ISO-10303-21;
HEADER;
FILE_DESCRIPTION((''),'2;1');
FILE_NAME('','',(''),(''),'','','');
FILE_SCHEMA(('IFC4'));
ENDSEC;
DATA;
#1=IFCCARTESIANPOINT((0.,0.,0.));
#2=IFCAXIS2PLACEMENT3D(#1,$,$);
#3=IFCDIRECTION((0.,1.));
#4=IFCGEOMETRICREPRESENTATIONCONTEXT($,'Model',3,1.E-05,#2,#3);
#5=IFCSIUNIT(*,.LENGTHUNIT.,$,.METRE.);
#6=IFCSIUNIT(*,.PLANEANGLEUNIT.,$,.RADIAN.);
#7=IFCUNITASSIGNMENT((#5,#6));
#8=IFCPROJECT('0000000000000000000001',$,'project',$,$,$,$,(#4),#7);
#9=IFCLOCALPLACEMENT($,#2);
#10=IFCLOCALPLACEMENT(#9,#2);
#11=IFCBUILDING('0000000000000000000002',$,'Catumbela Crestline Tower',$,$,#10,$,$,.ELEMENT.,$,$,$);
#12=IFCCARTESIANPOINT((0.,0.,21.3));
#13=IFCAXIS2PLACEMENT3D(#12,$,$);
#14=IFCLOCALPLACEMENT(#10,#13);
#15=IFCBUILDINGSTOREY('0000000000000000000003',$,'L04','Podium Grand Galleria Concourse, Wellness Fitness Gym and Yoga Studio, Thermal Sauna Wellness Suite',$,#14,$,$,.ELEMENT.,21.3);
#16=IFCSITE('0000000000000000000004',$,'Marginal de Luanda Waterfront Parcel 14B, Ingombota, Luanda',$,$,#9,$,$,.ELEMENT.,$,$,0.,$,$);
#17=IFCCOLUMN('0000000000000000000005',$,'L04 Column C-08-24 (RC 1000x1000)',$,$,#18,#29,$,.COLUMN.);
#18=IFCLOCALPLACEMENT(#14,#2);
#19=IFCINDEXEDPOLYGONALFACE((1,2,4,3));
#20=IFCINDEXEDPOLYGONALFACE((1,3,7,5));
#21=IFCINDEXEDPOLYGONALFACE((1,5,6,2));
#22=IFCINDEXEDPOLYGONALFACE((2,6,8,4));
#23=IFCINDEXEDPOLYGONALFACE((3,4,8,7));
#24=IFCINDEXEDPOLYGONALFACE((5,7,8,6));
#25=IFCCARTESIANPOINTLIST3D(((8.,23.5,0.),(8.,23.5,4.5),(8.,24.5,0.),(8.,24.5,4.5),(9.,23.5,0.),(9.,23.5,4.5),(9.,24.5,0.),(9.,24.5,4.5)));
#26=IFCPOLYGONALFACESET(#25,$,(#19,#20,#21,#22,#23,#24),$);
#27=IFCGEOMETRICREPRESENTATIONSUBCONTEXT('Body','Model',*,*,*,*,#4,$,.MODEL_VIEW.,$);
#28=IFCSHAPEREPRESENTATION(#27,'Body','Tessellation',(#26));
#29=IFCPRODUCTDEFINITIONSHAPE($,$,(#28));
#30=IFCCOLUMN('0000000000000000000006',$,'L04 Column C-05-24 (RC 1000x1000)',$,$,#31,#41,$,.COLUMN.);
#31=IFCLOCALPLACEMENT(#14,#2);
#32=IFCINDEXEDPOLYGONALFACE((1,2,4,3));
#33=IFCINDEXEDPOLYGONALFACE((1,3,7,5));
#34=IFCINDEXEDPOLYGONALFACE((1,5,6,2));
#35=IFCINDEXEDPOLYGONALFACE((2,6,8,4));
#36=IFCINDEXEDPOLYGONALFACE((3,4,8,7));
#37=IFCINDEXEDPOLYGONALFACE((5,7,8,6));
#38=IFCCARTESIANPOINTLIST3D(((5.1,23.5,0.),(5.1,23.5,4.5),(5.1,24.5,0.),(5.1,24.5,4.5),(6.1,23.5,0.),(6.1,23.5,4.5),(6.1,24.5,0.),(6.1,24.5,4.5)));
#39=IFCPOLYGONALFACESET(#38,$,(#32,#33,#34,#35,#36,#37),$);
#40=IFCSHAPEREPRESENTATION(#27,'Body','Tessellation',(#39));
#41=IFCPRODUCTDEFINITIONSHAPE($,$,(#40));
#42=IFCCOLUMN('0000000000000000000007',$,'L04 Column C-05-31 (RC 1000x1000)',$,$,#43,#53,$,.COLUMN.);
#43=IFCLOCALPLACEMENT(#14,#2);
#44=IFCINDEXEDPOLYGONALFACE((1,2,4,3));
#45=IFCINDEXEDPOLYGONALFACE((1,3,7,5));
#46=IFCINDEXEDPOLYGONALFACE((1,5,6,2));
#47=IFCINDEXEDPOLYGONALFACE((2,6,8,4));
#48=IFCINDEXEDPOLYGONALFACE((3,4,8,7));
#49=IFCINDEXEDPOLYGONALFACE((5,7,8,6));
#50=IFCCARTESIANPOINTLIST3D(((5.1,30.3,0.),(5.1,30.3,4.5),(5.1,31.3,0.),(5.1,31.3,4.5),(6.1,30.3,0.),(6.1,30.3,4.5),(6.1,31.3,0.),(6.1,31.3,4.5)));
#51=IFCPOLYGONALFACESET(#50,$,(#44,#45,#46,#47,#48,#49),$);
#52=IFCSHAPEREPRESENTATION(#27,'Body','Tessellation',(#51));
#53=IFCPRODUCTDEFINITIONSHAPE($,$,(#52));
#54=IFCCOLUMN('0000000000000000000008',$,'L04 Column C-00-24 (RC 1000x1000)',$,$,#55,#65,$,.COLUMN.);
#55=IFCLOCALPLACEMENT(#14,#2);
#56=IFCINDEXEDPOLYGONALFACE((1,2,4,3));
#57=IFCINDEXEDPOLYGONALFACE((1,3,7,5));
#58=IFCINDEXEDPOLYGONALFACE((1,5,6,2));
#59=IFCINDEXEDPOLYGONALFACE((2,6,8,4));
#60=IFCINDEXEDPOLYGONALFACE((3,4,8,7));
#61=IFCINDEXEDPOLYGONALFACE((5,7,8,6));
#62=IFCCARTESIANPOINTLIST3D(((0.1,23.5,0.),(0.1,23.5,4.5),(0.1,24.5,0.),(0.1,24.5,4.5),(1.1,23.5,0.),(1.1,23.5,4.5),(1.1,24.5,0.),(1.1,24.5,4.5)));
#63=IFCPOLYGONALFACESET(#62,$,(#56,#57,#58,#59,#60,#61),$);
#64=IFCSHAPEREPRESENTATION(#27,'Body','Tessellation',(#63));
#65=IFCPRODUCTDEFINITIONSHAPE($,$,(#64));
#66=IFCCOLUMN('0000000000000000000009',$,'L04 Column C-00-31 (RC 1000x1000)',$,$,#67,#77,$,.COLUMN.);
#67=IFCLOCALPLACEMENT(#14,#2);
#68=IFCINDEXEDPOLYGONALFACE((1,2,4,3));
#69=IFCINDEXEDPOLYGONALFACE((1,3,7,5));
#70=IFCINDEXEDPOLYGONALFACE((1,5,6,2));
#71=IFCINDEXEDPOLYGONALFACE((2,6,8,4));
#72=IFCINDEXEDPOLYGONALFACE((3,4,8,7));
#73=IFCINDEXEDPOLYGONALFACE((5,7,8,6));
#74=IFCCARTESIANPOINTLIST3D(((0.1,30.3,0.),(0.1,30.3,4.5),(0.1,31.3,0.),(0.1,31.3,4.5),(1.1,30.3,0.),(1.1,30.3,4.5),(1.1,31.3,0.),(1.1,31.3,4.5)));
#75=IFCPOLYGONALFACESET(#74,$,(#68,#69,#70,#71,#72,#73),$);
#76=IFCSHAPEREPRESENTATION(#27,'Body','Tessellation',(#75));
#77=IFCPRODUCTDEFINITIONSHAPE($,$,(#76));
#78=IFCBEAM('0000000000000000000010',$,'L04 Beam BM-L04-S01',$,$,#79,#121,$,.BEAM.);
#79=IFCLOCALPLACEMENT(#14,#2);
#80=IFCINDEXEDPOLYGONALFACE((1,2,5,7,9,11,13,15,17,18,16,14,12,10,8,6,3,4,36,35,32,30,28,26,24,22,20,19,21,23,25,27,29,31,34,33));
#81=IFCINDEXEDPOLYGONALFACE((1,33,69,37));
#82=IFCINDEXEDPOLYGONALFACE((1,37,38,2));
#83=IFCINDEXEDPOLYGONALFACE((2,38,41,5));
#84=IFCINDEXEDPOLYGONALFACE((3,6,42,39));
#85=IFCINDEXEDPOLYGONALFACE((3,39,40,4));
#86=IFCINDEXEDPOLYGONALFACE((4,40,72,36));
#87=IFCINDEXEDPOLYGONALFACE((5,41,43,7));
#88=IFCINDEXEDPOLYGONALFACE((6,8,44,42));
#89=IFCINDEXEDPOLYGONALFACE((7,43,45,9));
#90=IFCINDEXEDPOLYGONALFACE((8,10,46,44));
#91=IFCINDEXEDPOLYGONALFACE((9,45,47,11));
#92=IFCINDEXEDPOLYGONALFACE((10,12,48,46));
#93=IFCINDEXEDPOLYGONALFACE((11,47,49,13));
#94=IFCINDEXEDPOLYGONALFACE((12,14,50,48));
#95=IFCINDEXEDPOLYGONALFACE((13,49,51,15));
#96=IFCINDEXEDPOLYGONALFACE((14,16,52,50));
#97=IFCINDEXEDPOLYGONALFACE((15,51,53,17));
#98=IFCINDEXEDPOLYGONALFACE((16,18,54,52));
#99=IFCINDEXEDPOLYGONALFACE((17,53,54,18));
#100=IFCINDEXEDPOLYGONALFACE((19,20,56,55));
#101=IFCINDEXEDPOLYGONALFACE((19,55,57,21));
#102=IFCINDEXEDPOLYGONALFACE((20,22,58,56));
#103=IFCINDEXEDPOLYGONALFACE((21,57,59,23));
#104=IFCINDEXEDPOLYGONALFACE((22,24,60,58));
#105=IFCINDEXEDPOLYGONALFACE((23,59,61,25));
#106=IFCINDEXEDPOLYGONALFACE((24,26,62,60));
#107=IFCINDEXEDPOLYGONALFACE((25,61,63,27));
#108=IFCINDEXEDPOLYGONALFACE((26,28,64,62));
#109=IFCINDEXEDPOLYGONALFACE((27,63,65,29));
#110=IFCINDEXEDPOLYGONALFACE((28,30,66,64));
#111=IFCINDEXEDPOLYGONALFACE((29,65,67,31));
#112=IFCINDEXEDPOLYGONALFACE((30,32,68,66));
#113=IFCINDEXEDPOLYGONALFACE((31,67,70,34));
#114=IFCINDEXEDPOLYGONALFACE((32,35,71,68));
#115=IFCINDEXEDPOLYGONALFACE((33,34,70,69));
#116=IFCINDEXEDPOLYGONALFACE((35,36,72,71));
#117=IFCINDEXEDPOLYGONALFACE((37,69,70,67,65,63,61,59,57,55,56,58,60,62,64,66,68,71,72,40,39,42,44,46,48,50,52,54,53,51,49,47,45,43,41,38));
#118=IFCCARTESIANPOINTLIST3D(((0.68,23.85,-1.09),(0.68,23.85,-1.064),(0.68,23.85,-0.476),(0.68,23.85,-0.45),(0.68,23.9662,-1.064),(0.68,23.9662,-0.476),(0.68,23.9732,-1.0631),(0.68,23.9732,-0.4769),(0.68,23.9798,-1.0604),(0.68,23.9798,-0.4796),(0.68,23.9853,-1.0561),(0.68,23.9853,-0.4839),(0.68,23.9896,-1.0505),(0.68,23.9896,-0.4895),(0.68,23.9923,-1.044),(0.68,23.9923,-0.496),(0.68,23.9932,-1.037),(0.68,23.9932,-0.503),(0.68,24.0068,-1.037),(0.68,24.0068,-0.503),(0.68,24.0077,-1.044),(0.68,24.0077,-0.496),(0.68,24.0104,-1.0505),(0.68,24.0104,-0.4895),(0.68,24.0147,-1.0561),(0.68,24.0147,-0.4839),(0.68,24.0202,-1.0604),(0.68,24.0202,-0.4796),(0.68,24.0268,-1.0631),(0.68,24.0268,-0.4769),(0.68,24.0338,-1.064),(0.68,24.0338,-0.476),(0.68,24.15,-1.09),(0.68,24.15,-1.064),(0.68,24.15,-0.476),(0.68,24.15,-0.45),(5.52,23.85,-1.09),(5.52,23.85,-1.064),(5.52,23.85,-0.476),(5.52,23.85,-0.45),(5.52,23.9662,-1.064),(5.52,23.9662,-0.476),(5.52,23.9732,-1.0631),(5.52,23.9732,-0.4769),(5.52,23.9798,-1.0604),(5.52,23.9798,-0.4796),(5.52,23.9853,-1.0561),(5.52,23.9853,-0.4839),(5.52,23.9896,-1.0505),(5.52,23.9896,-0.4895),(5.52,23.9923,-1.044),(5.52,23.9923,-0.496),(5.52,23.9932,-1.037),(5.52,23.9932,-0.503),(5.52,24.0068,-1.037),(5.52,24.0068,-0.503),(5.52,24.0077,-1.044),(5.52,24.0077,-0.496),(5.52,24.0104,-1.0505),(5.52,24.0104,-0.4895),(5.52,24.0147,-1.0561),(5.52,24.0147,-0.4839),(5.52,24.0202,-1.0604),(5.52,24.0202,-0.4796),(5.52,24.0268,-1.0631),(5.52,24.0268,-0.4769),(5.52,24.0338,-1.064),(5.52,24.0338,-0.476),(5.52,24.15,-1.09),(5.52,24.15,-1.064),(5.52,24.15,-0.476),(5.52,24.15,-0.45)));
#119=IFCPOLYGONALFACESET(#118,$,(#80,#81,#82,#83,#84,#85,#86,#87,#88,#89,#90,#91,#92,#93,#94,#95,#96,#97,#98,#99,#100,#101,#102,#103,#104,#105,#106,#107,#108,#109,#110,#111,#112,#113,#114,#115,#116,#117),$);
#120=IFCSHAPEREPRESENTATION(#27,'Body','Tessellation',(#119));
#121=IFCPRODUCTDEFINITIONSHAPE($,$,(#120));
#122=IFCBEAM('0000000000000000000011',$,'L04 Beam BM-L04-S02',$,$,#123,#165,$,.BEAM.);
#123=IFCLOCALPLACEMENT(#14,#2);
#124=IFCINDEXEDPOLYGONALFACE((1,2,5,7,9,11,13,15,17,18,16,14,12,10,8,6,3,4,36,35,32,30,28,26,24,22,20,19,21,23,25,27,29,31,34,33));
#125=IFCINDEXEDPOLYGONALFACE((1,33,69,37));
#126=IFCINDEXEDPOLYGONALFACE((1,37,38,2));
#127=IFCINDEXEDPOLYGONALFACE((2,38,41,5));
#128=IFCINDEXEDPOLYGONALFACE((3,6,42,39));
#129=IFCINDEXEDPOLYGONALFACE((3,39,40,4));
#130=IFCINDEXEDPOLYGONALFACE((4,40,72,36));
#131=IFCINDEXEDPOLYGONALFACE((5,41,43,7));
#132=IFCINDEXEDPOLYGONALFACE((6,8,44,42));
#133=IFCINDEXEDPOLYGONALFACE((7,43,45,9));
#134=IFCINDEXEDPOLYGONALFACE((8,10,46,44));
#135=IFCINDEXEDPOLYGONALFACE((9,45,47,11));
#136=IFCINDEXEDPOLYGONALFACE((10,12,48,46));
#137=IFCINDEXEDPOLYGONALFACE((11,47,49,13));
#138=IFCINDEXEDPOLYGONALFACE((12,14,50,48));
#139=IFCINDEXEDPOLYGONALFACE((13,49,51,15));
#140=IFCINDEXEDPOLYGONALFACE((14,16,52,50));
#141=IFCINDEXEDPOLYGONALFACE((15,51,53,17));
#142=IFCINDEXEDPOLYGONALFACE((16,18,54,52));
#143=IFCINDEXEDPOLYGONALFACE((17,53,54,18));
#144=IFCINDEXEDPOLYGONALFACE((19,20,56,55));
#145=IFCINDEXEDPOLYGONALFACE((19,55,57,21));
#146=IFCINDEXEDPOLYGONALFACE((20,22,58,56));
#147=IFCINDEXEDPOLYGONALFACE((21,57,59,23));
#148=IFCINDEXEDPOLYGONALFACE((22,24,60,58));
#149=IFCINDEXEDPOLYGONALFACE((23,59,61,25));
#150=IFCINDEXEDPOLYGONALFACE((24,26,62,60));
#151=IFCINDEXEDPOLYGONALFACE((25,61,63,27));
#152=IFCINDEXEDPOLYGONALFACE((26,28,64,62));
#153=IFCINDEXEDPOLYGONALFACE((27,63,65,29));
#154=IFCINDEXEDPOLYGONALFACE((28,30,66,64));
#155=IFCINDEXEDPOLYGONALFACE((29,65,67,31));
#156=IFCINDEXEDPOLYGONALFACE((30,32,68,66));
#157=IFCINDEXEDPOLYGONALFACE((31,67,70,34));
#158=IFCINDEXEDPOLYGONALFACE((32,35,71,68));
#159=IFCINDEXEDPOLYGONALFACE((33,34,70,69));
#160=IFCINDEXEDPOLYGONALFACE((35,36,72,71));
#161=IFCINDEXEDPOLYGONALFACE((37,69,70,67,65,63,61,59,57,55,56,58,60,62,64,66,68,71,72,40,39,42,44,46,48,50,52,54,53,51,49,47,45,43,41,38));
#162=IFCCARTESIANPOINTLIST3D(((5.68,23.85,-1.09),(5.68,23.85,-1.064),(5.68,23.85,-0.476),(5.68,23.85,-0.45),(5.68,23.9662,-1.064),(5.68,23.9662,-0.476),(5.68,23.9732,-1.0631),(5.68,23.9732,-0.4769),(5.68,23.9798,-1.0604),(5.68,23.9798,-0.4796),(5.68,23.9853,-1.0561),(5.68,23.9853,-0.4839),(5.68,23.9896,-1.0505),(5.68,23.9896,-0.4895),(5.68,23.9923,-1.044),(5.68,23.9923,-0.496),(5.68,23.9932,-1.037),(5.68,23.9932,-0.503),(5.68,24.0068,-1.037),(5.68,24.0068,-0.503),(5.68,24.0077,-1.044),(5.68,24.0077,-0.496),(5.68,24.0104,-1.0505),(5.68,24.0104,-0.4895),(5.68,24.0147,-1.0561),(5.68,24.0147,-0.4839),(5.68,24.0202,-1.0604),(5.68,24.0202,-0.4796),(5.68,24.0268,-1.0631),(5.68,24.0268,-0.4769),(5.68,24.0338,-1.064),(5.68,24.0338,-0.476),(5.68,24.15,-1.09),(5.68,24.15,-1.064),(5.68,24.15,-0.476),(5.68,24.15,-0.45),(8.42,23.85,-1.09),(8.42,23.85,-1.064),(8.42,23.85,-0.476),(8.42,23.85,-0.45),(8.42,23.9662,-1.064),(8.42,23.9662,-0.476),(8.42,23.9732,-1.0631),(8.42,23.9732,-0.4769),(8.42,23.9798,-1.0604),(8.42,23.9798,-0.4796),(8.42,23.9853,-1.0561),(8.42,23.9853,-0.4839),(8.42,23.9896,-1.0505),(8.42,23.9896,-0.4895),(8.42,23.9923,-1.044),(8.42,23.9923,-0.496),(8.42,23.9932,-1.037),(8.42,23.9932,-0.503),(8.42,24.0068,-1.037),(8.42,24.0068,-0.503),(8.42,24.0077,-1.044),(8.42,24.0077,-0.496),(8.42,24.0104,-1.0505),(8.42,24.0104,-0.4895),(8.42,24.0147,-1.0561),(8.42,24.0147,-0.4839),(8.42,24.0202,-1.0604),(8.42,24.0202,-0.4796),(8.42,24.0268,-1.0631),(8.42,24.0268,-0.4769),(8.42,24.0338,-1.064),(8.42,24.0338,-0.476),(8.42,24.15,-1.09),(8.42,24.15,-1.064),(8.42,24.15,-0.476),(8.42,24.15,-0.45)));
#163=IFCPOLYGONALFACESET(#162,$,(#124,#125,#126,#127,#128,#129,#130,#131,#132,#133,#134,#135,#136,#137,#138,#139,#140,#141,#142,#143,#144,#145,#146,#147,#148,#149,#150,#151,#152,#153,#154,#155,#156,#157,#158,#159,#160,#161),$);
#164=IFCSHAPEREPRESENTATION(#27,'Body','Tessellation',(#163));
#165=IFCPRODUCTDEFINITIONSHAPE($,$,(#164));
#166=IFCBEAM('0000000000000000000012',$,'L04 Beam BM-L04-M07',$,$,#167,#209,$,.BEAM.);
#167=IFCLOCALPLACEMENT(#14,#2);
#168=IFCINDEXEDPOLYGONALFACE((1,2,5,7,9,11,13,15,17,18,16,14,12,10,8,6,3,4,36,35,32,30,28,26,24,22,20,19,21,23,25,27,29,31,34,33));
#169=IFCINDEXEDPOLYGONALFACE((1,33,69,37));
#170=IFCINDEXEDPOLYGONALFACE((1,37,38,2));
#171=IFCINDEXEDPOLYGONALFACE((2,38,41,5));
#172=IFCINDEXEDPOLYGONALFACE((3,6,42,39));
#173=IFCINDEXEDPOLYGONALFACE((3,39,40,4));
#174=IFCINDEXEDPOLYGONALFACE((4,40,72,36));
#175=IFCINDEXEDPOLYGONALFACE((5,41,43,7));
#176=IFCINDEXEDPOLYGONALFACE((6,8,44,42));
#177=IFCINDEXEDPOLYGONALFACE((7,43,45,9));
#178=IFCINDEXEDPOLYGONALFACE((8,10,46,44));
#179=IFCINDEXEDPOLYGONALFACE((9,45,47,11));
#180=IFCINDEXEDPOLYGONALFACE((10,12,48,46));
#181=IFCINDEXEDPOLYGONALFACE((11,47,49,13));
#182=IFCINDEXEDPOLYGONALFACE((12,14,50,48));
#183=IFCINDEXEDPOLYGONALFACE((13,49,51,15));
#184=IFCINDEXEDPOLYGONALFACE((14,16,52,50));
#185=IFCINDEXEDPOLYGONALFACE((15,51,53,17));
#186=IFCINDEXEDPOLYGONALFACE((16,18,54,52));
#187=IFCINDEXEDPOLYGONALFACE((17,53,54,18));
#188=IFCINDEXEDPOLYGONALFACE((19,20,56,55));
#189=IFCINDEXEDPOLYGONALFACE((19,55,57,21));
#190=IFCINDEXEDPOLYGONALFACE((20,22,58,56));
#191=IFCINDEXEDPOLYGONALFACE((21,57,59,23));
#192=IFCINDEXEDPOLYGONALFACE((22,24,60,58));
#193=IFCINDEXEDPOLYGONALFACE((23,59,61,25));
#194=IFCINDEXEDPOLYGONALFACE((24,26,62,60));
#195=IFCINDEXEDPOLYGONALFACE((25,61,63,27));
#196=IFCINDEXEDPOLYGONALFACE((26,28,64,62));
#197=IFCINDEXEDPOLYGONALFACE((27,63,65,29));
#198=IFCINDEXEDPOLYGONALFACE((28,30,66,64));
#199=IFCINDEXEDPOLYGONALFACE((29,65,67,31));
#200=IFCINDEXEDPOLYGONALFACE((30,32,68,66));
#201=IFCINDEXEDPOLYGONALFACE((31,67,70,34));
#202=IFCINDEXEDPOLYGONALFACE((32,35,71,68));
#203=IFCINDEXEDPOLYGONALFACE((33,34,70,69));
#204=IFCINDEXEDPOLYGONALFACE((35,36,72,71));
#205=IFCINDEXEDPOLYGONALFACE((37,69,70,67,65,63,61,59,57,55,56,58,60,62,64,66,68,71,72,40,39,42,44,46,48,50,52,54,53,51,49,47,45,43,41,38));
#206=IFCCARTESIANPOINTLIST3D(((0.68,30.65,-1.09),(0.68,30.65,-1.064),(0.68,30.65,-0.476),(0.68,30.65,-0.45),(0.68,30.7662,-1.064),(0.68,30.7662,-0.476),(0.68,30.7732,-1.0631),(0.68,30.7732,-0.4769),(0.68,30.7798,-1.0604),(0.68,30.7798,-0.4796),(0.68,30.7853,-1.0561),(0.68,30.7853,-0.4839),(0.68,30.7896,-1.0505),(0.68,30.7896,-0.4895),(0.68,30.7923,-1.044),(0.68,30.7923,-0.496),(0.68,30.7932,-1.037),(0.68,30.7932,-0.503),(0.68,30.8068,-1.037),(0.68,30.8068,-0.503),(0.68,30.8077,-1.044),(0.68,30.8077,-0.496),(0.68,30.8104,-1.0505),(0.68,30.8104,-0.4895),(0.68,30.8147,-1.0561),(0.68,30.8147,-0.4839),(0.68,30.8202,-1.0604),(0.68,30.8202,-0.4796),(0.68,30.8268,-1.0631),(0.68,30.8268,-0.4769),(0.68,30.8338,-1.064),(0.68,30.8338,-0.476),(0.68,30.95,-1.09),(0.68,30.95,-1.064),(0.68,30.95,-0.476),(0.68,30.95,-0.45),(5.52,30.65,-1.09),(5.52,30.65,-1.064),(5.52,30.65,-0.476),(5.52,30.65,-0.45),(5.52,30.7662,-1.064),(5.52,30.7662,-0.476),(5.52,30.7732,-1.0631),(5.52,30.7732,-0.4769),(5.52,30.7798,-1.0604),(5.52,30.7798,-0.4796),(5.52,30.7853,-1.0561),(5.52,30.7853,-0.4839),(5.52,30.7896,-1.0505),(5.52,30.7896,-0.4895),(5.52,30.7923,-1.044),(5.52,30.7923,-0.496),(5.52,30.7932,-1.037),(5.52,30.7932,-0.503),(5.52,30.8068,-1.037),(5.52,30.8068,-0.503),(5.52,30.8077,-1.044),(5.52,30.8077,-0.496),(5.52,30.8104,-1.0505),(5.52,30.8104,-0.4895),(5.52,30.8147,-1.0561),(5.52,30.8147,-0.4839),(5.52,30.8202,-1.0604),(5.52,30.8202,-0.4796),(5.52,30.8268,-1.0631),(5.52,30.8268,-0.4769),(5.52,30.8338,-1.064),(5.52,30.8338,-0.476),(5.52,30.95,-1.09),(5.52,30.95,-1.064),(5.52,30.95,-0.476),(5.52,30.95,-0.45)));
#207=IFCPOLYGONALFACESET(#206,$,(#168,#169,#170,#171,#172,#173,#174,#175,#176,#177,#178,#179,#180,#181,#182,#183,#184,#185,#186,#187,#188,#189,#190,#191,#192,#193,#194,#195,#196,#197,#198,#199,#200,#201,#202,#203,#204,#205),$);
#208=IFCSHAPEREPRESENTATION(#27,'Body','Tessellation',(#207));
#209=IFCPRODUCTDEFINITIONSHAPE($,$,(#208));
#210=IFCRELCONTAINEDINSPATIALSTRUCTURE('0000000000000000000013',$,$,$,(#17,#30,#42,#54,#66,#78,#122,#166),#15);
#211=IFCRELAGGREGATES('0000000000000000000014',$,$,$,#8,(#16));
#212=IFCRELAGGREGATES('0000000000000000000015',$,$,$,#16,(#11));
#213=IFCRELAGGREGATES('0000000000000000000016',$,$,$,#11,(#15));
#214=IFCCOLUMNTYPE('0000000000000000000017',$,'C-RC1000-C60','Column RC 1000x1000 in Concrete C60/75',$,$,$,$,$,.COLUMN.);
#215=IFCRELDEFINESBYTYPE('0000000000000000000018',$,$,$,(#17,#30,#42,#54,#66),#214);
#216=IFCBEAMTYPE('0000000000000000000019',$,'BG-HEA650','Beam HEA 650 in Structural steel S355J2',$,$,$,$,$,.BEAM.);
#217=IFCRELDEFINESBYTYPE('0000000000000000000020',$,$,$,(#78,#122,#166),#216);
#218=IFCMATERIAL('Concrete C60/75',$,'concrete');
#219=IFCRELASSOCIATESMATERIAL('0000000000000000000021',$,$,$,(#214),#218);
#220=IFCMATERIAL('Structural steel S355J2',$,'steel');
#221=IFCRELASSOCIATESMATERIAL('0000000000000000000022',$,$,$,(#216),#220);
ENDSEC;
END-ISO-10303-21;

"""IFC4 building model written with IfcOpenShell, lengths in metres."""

from ifc_helpers import new_model, si_unit, direction, frame, origin, origin_2d, place, context, subcontext, project, spatial, rectangle, i_section, extrude, material, material_profile, profile_set, type_object, element, save


model = new_model("IFC4")

# Units and contexts
model_context = context("Model", 3, precision=1e-05, world=origin(), true_north=direction((0.0, 1.0)))
body_context = subcontext(model_context, "Body", "Model", "MODEL_VIEW")
ifc_project = project(units=[si_unit("LENGTHUNIT", "METRE"), si_unit("PLANEANGLEUNIT", "RADIAN")], contexts=[model_context])

# Site, building, storey
site_placement = place(None, origin())
site = spatial("IfcSite", under=ifc_project, at=site_placement, Name="Marginal de Luanda Waterfront Parcel 14B, Ingombota, Luanda", CompositionType="ELEMENT", RefElevation=0.0)
building_placement = place(site_placement, origin())
building = spatial("IfcBuilding", under=site, at=building_placement, Name="Catumbela Crestline Tower", CompositionType="ELEMENT")
storey_placement = place(building_placement, frame((0.0, 0.0, 21.3)))
storey = spatial("IfcBuildingStorey", under=building, at=storey_placement, Name="L04", Description="Podium Grand Galleria Concourse, Wellness Fitness Gym and Yoga Studio, Thermal Sauna Wellness Suite", CompositionType="ELEMENT", Elevation=21.3)

# Columns
ifc_material_1 = material(Name="Concrete C60/75", Category="concrete")
ifc_material_profile_1 = material_profile(ifc_material_1, rectangle(XDim=1.0, YDim=1.0, at=origin_2d()), Name="RC 1000x1000")
ifc_profile_set_1 = profile_set([ifc_material_profile_1], Name="Concrete C60/75")
column_type = type_object("IfcColumnType", Name="C-RC1000-C60", Description="Column RC 1000x1000 in Concrete C60/75", PredefinedType="COLUMN", material=ifc_profile_set_1)
for number, where, z_axis, x_axis, name in (
    (1, (8.5, 24.0, 0.0), (0.0, 0.0, 1.0), (1.0, 0.0, 0.0), "L04 Column C-08-24 (RC 1000x1000)"),
    (2, (5.6, 24.0, 0.0), (0.0, 0.0, 1.0), (1.0, 0.0, 0.0), "L04 Column C-05-24 (RC 1000x1000)"),
    (3, (5.6, 30.8, 0.0), (0.0, 0.0, 1.0), (1.0, 0.0, 0.0), "L04 Column C-05-31 (RC 1000x1000)"),
    (4, (0.6, 24.0, 0.0), (0.0, 0.0, 1.0), (1.0, 0.0, 0.0), "L04 Column C-00-24 (RC 1000x1000)"),
    (5, (0.6, 30.8, 0.0), (0.0, 0.0, 1.0), (1.0, 0.0, 0.0), "L04 Column C-00-31 (RC 1000x1000)"),
):
    element("IfcColumn", number, at=place(storey_placement, frame(where, z_axis=z_axis, x_axis=x_axis)), inside=storey, type_object=column_type, Name=name, PredefinedType="COLUMN", context=body_context, shape_type="SweptSolid", body=[
        extrude(rectangle(XDim=1.0, YDim=1.0, at=origin_2d()), origin(), (0.0, 0.0, 1.0), 4.5),
    ])

# Beams
ifc_material_2 = material(Name="Structural steel S355J2", Category="steel")
ifc_material_profile_2 = material_profile(ifc_material_2, i_section(OverallWidth=0.3, OverallDepth=0.64, WebThickness=0.0135, FlangeThickness=0.026, FilletRadius=0.027, at=origin_2d()), Name="HEA 650")
ifc_profile_set_2 = profile_set([ifc_material_profile_2], Name="Structural steel S355J2")
beam_type_1 = type_object("IfcBeamType", Name="BG-HEA650", Description="Beam HEA 650 in Structural steel S355J2", PredefinedType="BEAM", material=ifc_profile_set_2)
beam_1_placement = place(storey_placement, frame((0.68, 24.0, -0.77), z_axis=(1.0, 0.0, 0.0), x_axis=(0.0, 1.0, 0.0)))
element("IfcBeam", 6, at=beam_1_placement, inside=storey, type_object=beam_type_1, Name="L04 Beam BM-L04-S01", PredefinedType="BEAM", context=body_context, shape_type="SweptSolid", body=[
    extrude(i_section(OverallWidth=0.3, OverallDepth=0.64, WebThickness=0.0135, FlangeThickness=0.026, FilletRadius=0.027, at=origin_2d()), origin(), (0.0, 0.0, 1.0), 4.84),
])
beam_2_placement = place(storey_placement, frame((5.68, 24.0, -0.77), z_axis=(1.0, 0.0, 0.0), x_axis=(0.0, 1.0, 0.0)))
element("IfcBeam", 7, at=beam_2_placement, inside=storey, type_object=beam_type_1, Name="L04 Beam BM-L04-S02", PredefinedType="BEAM", context=body_context, shape_type="SweptSolid", body=[
    extrude(i_section(OverallWidth=0.3, OverallDepth=0.64, WebThickness=0.0135, FlangeThickness=0.026, FilletRadius=0.027, at=origin_2d()), origin(), (0.0, 0.0, 1.0), 2.74),
])
beam_3_placement = place(storey_placement, frame((0.68, 30.8, -0.77), z_axis=(1.0, 0.0, 0.0), x_axis=(0.0, 1.0, 0.0)))
element("IfcBeam", 8, at=beam_3_placement, inside=storey, type_object=beam_type_1, Name="L04 Beam BM-L04-M07", PredefinedType="BEAM", context=body_context, shape_type="SweptSolid", body=[
    extrude(i_section(OverallWidth=0.3, OverallDepth=0.64, WebThickness=0.0135, FlangeThickness=0.026, FilletRadius=0.027, at=origin_2d()), origin(), (0.0, 0.0, 1.0), 4.84),
])

save(model, "model.ifc")
